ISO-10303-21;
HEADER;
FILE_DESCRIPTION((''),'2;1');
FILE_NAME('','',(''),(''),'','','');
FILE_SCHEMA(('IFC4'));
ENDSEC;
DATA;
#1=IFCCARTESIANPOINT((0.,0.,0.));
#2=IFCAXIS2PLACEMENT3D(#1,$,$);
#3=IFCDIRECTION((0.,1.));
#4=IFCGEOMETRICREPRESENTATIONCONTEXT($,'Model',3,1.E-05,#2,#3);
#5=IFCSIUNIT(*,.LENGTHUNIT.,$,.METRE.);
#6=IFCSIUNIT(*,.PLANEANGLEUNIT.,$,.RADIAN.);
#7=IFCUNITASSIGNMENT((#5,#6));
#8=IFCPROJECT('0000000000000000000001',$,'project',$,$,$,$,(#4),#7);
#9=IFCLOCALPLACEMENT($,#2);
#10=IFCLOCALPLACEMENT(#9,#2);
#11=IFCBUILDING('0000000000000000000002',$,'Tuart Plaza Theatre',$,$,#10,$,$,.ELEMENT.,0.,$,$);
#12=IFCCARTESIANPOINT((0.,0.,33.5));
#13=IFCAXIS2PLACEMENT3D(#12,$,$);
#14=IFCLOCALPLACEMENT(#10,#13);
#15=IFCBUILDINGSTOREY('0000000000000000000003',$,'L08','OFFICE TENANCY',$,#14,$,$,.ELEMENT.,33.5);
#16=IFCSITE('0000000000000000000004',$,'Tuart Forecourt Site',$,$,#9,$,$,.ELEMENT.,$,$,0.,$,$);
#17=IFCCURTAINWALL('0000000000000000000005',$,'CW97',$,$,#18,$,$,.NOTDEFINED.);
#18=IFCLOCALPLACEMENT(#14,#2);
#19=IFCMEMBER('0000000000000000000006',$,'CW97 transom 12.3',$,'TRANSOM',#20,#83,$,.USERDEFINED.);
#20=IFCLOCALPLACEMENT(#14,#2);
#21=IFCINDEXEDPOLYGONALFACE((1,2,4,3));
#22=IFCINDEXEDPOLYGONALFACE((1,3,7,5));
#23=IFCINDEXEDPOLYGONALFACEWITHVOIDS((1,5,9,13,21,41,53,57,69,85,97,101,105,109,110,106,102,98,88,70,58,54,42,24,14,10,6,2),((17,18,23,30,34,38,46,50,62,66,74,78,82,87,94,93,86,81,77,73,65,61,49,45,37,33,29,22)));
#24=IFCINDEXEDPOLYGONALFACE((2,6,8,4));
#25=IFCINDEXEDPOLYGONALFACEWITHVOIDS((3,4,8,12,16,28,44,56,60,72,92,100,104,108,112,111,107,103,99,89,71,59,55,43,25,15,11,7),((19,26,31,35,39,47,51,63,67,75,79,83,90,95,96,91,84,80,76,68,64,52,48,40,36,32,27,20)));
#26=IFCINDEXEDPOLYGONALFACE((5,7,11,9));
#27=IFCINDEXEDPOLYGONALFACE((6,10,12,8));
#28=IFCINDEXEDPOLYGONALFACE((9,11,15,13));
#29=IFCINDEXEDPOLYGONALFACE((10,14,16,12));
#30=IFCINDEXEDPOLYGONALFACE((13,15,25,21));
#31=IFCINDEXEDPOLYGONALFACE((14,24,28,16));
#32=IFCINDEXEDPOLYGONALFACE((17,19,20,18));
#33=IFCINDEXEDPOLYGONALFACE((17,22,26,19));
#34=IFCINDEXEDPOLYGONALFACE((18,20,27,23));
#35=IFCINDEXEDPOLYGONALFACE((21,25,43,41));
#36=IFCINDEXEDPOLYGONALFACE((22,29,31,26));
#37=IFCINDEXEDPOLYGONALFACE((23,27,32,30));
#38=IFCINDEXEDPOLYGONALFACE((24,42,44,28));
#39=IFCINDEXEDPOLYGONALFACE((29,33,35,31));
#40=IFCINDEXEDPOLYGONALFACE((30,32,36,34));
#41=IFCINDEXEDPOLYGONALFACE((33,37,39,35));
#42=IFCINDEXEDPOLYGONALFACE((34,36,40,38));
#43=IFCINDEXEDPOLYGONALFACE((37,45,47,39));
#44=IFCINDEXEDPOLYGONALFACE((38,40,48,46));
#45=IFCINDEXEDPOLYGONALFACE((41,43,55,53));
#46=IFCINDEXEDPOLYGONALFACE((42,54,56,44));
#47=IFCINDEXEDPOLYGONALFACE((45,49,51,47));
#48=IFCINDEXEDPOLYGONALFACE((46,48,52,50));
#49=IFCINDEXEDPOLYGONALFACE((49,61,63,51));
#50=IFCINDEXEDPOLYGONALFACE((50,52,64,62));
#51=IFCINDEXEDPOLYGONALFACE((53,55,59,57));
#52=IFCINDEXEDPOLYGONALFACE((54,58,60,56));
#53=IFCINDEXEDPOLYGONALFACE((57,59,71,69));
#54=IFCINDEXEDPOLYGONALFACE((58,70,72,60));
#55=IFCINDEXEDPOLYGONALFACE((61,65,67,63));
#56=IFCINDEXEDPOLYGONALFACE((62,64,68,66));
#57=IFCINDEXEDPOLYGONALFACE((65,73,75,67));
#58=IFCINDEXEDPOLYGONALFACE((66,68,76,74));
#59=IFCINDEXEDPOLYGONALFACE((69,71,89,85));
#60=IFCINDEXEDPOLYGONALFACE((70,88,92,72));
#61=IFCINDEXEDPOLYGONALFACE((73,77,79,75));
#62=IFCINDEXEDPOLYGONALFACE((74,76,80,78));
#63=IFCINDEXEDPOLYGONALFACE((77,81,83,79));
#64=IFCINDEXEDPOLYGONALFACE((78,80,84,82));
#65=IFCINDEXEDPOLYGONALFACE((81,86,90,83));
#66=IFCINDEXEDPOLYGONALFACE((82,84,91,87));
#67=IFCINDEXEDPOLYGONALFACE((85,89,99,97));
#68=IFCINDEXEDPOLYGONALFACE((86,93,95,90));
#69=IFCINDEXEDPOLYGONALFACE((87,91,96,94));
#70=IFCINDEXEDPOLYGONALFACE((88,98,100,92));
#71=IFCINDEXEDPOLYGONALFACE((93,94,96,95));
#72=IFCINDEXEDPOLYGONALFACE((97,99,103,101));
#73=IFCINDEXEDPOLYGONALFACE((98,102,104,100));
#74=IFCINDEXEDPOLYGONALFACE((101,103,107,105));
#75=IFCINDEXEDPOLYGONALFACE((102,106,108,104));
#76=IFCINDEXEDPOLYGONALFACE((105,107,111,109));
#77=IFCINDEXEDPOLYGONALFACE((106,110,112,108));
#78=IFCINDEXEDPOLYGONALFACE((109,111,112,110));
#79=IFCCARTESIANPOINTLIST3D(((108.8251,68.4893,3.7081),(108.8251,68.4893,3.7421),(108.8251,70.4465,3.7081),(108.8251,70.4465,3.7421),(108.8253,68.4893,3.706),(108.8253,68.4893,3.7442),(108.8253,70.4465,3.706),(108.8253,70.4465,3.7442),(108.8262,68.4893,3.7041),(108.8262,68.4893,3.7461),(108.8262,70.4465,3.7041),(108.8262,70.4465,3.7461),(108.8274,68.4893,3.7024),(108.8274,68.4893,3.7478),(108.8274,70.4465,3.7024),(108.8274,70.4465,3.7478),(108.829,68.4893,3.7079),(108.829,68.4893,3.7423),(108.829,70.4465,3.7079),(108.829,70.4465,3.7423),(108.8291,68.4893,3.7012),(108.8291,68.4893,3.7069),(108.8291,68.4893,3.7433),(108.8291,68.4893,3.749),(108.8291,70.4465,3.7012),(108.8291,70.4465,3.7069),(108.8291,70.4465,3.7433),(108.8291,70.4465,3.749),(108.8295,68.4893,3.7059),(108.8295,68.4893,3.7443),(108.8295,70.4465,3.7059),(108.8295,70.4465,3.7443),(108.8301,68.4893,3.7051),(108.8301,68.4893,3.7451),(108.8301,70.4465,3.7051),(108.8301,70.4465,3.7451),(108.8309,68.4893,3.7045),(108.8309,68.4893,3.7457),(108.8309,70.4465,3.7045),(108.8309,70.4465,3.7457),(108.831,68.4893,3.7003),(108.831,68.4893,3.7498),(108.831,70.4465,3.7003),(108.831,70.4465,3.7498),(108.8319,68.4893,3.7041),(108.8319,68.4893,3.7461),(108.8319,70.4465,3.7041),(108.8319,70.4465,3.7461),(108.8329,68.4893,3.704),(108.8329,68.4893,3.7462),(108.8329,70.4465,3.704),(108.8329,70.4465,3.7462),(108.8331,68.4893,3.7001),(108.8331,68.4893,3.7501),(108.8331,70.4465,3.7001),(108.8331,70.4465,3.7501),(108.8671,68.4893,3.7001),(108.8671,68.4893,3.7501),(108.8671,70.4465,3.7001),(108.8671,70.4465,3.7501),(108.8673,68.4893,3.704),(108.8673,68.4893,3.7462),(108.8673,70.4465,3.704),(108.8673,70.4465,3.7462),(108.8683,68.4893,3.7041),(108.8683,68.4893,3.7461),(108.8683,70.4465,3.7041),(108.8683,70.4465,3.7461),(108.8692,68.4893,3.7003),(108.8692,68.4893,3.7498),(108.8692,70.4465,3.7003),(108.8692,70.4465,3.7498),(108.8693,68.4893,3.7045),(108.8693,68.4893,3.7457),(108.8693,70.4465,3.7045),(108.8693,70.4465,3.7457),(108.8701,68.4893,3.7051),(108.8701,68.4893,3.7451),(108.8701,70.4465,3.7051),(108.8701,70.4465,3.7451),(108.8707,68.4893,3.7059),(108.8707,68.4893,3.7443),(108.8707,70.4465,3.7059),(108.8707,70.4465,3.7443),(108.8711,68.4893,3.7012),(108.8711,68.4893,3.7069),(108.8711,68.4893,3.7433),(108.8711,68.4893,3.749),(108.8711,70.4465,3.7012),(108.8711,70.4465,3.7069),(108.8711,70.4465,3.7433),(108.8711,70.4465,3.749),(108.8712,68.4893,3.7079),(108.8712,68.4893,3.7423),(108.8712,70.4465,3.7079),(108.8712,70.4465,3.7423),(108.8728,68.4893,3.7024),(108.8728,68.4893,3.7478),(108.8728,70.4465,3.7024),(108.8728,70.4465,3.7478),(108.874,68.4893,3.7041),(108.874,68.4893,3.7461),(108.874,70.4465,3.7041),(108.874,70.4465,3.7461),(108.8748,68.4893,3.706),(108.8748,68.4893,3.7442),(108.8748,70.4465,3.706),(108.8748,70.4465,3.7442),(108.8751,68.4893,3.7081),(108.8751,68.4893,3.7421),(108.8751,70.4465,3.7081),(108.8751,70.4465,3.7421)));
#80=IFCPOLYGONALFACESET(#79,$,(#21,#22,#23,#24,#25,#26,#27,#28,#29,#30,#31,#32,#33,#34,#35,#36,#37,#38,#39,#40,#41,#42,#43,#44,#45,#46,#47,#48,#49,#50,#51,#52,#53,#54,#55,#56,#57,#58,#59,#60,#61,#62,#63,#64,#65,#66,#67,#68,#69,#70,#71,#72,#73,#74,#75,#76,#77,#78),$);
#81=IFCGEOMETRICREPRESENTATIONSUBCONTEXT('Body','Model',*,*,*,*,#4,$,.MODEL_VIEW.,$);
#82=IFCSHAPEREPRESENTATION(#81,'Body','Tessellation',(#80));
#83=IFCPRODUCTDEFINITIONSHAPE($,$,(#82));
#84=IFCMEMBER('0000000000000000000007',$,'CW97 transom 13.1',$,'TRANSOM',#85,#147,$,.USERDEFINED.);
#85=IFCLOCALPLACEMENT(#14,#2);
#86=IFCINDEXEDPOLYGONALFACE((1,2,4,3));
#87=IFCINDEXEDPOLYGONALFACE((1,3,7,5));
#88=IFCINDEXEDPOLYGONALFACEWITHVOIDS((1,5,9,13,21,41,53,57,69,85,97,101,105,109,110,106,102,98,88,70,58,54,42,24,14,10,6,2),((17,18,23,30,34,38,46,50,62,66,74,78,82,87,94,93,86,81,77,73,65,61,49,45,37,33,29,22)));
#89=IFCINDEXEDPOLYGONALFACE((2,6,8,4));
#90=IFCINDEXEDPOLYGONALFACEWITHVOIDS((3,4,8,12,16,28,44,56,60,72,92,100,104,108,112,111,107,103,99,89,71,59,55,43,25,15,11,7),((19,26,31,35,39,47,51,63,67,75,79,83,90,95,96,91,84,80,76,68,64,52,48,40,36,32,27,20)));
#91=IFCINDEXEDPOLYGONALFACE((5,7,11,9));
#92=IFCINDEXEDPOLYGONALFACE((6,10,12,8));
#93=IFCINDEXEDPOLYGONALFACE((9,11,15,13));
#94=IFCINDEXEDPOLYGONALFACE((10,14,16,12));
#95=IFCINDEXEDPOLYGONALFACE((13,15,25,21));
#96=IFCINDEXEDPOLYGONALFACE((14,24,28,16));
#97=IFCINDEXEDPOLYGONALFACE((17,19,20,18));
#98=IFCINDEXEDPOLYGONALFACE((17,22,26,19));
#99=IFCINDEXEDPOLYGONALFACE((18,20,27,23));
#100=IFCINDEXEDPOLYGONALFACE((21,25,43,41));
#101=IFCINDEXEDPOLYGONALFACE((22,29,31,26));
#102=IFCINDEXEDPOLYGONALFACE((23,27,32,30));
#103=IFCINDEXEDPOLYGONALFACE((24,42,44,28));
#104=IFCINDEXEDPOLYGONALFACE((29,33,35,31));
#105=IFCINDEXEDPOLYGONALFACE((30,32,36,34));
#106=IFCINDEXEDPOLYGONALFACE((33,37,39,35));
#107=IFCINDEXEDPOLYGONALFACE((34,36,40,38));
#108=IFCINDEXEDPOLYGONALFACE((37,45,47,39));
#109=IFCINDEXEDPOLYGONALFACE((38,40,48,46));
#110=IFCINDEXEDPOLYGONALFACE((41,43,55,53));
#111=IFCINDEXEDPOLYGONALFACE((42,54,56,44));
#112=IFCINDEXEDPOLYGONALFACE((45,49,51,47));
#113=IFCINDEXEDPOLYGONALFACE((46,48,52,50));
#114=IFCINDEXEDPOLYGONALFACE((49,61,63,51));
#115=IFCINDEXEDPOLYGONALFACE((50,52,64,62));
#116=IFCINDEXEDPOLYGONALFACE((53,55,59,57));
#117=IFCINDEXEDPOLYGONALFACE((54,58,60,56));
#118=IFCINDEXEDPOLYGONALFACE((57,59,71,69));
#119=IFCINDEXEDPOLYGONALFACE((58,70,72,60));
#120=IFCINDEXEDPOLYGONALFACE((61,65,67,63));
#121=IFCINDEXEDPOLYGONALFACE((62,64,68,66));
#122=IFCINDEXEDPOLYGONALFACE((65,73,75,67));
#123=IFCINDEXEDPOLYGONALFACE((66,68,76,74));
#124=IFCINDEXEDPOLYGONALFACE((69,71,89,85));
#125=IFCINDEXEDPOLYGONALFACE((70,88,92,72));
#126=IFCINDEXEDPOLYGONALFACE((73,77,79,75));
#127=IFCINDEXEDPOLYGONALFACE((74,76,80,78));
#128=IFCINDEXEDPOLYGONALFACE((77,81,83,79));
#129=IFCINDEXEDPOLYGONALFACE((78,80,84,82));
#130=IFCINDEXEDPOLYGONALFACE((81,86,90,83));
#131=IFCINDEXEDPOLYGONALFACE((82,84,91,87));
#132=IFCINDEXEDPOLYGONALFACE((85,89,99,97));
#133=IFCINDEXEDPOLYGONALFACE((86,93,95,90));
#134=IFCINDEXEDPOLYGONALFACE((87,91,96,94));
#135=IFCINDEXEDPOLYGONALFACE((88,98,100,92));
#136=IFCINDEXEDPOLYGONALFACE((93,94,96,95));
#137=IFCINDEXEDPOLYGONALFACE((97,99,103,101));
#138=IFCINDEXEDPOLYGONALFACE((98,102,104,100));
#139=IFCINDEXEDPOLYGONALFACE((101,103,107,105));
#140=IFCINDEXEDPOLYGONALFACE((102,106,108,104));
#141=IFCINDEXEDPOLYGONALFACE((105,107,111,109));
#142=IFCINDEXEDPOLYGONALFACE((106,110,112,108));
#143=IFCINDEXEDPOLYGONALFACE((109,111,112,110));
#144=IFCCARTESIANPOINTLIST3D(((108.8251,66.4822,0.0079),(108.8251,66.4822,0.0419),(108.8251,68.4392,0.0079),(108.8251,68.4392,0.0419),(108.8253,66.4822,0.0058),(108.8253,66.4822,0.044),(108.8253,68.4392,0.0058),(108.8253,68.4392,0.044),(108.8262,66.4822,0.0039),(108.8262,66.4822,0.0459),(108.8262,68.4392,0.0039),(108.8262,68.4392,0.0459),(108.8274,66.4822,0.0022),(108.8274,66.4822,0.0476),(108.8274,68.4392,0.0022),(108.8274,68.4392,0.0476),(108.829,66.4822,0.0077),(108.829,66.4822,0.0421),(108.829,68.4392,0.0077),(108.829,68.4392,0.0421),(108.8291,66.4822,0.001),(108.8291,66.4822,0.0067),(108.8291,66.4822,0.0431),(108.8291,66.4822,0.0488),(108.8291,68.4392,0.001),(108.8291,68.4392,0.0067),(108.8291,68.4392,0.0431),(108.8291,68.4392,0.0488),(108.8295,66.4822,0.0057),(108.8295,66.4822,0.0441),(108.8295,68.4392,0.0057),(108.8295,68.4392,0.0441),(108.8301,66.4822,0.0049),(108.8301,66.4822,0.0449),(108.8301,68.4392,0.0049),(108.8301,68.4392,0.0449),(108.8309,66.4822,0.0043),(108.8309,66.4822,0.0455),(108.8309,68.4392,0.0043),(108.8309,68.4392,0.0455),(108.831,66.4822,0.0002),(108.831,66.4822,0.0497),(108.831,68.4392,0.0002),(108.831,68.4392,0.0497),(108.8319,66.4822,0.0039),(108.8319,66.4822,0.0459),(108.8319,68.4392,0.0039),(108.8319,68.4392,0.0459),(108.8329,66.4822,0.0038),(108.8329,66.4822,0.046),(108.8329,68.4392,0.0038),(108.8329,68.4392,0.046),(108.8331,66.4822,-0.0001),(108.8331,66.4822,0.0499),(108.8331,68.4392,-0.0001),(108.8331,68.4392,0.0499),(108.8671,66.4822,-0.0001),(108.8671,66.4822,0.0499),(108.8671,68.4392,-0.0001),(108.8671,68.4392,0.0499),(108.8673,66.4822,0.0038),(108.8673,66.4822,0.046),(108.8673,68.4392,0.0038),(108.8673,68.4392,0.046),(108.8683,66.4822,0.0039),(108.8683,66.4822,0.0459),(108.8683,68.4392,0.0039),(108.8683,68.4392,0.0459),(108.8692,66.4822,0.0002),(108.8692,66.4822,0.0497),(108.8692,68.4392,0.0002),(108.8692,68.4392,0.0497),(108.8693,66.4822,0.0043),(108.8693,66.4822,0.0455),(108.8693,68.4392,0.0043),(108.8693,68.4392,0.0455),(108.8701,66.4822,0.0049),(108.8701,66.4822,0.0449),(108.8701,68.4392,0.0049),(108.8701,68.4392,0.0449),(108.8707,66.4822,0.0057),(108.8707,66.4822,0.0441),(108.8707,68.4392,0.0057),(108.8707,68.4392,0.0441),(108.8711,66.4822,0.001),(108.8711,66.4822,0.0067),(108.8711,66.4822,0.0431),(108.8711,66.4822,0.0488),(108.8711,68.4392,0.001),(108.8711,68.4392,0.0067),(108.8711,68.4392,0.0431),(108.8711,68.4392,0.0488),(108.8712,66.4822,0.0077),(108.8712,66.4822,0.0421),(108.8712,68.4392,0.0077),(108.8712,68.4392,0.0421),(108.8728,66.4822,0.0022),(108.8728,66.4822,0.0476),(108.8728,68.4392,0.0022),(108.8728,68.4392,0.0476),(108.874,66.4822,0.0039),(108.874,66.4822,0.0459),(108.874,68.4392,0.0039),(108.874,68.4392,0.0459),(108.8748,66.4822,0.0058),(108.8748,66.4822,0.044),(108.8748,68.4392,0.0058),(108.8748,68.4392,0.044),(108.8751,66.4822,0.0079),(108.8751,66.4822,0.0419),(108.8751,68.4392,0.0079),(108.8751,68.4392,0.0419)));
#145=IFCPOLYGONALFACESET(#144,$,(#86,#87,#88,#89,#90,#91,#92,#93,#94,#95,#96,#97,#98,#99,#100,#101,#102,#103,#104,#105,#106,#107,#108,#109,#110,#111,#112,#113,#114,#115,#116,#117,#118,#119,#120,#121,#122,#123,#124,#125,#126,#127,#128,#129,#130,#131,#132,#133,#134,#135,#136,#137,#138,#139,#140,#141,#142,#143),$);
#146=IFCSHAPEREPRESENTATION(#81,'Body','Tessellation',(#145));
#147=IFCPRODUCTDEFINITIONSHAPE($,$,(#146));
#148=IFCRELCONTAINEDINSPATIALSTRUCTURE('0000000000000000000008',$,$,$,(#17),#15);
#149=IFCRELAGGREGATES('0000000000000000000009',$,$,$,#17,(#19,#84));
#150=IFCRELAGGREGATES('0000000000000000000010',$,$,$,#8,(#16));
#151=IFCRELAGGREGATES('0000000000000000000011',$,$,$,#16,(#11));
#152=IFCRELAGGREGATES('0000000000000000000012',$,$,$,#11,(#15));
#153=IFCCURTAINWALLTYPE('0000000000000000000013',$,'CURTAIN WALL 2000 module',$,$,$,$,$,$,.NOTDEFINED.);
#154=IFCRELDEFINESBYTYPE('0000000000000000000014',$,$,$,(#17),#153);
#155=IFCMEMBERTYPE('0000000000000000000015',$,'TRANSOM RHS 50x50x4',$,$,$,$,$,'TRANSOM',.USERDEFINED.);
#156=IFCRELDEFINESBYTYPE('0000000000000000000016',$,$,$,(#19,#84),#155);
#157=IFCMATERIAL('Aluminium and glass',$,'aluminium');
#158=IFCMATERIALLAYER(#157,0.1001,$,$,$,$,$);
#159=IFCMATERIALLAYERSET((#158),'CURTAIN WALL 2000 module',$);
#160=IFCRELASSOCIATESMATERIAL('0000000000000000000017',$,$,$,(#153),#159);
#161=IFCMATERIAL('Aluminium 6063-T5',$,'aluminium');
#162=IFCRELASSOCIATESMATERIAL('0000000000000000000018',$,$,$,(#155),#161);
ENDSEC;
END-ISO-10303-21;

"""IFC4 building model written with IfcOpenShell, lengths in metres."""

from ifc_helpers import new_model, si_unit, direction, frame, origin, origin_2d, place, context, subcontext, project, spatial, hollow_rectangle, extrude, material, layer, layer_set, material_profile, profile_set, type_object, element, aggregate, save


model = new_model("IFC4")

# Units and contexts
model_context = context("Model", 3, precision=1e-05, world=origin(), true_north=direction((0.0, 1.0)))
body_context = subcontext(model_context, "Body", "Model", "MODEL_VIEW")
ifc_project = project(units=[si_unit("LENGTHUNIT", "METRE"), si_unit("PLANEANGLEUNIT", "RADIAN")], contexts=[model_context])

# Site, building, storey
site_placement = place(None, origin())
site = spatial("IfcSite", under=ifc_project, at=site_placement, Name="Tuart Forecourt Site", CompositionType="ELEMENT", RefElevation=0.0)
building_placement = place(site_placement, origin())
building = spatial("IfcBuilding", under=site, at=building_placement, Name="Tuart Plaza Theatre", CompositionType="ELEMENT", ElevationOfRefHeight=0.0)
storey_placement = place(building_placement, frame((0.0, 0.0, 33.5)))
storey = spatial("IfcBuildingStorey", under=building, at=storey_placement, Name="L08", Description="OFFICE TENANCY", CompositionType="ELEMENT", Elevation=33.5)

# Curtain wall
ifc_material_1 = material(Name="Aluminium and glass", Category="aluminium")
ifc_layer_1 = layer(ifc_material_1, 0.1001)
ifc_layer_set_1 = layer_set([ifc_layer_1], Name="CURTAIN WALL 2000 module")
curtain_wall_type = type_object("IfcCurtainWallType", Name="CURTAIN WALL 2000 module", PredefinedType="NOTDEFINED", material=ifc_layer_set_1)
curtain_wall_1_placement = place(storey_placement, origin())
curtain_wall_1 = element("IfcCurtainWall", 1, at=curtain_wall_1_placement, inside=storey, type_object=curtain_wall_type, Name="CW97", PredefinedType="NOTDEFINED")

# Members
ifc_material_2 = material(Name="Aluminium 6063-T5", Category="aluminium")
ifc_material_profile_1 = material_profile(ifc_material_2, hollow_rectangle(XDim=0.05, YDim=0.05, WallThickness=0.0039, InnerFilletRadius=0.0039, OuterFilletRadius=0.0081, at=origin_2d()), Name="RHS 50x50x4")
ifc_profile_set_1 = profile_set([ifc_material_profile_1], Name="Aluminium 6063-T5")
member_type_1 = type_object("IfcMemberType", Name="TRANSOM RHS 50x50x4", ElementType="TRANSOM", PredefinedType="USERDEFINED", material=ifc_profile_set_1)
member_1_placement = place(storey_placement, frame((108.8501, 70.4465, 3.7251), z_axis=(0.0, -1.0, 0.0), x_axis=(1.0, 0.0, 0.0)))
member_1 = element("IfcMember", 2, at=member_1_placement, type_object=member_type_1, Name="CW97 transom 12.3", ObjectType="TRANSOM", PredefinedType="USERDEFINED", context=body_context, shape_type="SweptSolid", body=[
    extrude(hollow_rectangle(XDim=0.05, YDim=0.05, WallThickness=0.0039, InnerFilletRadius=0.0039, OuterFilletRadius=0.0081, at=origin_2d()), origin(), (0.0, 0.0, 1.0), 1.9573),
])
member_2_placement = place(storey_placement, frame((108.8501, 68.4392, 0.0249), z_axis=(0.0, -1.0, 0.0), x_axis=(1.0, 0.0, 0.0)))
member_2 = element("IfcMember", 3, at=member_2_placement, type_object=member_type_1, Name="CW97 transom 13.1", ObjectType="TRANSOM", PredefinedType="USERDEFINED", context=body_context, shape_type="SweptSolid", body=[
    extrude(hollow_rectangle(XDim=0.05, YDim=0.05, WallThickness=0.0039, InnerFilletRadius=0.0039, OuterFilletRadius=0.0081, at=origin_2d()), origin(), (0.0, 0.0, 1.0), 1.957),
])

aggregate(curtain_wall_1, [member_1, member_2])

save(model, "model.ifc")
